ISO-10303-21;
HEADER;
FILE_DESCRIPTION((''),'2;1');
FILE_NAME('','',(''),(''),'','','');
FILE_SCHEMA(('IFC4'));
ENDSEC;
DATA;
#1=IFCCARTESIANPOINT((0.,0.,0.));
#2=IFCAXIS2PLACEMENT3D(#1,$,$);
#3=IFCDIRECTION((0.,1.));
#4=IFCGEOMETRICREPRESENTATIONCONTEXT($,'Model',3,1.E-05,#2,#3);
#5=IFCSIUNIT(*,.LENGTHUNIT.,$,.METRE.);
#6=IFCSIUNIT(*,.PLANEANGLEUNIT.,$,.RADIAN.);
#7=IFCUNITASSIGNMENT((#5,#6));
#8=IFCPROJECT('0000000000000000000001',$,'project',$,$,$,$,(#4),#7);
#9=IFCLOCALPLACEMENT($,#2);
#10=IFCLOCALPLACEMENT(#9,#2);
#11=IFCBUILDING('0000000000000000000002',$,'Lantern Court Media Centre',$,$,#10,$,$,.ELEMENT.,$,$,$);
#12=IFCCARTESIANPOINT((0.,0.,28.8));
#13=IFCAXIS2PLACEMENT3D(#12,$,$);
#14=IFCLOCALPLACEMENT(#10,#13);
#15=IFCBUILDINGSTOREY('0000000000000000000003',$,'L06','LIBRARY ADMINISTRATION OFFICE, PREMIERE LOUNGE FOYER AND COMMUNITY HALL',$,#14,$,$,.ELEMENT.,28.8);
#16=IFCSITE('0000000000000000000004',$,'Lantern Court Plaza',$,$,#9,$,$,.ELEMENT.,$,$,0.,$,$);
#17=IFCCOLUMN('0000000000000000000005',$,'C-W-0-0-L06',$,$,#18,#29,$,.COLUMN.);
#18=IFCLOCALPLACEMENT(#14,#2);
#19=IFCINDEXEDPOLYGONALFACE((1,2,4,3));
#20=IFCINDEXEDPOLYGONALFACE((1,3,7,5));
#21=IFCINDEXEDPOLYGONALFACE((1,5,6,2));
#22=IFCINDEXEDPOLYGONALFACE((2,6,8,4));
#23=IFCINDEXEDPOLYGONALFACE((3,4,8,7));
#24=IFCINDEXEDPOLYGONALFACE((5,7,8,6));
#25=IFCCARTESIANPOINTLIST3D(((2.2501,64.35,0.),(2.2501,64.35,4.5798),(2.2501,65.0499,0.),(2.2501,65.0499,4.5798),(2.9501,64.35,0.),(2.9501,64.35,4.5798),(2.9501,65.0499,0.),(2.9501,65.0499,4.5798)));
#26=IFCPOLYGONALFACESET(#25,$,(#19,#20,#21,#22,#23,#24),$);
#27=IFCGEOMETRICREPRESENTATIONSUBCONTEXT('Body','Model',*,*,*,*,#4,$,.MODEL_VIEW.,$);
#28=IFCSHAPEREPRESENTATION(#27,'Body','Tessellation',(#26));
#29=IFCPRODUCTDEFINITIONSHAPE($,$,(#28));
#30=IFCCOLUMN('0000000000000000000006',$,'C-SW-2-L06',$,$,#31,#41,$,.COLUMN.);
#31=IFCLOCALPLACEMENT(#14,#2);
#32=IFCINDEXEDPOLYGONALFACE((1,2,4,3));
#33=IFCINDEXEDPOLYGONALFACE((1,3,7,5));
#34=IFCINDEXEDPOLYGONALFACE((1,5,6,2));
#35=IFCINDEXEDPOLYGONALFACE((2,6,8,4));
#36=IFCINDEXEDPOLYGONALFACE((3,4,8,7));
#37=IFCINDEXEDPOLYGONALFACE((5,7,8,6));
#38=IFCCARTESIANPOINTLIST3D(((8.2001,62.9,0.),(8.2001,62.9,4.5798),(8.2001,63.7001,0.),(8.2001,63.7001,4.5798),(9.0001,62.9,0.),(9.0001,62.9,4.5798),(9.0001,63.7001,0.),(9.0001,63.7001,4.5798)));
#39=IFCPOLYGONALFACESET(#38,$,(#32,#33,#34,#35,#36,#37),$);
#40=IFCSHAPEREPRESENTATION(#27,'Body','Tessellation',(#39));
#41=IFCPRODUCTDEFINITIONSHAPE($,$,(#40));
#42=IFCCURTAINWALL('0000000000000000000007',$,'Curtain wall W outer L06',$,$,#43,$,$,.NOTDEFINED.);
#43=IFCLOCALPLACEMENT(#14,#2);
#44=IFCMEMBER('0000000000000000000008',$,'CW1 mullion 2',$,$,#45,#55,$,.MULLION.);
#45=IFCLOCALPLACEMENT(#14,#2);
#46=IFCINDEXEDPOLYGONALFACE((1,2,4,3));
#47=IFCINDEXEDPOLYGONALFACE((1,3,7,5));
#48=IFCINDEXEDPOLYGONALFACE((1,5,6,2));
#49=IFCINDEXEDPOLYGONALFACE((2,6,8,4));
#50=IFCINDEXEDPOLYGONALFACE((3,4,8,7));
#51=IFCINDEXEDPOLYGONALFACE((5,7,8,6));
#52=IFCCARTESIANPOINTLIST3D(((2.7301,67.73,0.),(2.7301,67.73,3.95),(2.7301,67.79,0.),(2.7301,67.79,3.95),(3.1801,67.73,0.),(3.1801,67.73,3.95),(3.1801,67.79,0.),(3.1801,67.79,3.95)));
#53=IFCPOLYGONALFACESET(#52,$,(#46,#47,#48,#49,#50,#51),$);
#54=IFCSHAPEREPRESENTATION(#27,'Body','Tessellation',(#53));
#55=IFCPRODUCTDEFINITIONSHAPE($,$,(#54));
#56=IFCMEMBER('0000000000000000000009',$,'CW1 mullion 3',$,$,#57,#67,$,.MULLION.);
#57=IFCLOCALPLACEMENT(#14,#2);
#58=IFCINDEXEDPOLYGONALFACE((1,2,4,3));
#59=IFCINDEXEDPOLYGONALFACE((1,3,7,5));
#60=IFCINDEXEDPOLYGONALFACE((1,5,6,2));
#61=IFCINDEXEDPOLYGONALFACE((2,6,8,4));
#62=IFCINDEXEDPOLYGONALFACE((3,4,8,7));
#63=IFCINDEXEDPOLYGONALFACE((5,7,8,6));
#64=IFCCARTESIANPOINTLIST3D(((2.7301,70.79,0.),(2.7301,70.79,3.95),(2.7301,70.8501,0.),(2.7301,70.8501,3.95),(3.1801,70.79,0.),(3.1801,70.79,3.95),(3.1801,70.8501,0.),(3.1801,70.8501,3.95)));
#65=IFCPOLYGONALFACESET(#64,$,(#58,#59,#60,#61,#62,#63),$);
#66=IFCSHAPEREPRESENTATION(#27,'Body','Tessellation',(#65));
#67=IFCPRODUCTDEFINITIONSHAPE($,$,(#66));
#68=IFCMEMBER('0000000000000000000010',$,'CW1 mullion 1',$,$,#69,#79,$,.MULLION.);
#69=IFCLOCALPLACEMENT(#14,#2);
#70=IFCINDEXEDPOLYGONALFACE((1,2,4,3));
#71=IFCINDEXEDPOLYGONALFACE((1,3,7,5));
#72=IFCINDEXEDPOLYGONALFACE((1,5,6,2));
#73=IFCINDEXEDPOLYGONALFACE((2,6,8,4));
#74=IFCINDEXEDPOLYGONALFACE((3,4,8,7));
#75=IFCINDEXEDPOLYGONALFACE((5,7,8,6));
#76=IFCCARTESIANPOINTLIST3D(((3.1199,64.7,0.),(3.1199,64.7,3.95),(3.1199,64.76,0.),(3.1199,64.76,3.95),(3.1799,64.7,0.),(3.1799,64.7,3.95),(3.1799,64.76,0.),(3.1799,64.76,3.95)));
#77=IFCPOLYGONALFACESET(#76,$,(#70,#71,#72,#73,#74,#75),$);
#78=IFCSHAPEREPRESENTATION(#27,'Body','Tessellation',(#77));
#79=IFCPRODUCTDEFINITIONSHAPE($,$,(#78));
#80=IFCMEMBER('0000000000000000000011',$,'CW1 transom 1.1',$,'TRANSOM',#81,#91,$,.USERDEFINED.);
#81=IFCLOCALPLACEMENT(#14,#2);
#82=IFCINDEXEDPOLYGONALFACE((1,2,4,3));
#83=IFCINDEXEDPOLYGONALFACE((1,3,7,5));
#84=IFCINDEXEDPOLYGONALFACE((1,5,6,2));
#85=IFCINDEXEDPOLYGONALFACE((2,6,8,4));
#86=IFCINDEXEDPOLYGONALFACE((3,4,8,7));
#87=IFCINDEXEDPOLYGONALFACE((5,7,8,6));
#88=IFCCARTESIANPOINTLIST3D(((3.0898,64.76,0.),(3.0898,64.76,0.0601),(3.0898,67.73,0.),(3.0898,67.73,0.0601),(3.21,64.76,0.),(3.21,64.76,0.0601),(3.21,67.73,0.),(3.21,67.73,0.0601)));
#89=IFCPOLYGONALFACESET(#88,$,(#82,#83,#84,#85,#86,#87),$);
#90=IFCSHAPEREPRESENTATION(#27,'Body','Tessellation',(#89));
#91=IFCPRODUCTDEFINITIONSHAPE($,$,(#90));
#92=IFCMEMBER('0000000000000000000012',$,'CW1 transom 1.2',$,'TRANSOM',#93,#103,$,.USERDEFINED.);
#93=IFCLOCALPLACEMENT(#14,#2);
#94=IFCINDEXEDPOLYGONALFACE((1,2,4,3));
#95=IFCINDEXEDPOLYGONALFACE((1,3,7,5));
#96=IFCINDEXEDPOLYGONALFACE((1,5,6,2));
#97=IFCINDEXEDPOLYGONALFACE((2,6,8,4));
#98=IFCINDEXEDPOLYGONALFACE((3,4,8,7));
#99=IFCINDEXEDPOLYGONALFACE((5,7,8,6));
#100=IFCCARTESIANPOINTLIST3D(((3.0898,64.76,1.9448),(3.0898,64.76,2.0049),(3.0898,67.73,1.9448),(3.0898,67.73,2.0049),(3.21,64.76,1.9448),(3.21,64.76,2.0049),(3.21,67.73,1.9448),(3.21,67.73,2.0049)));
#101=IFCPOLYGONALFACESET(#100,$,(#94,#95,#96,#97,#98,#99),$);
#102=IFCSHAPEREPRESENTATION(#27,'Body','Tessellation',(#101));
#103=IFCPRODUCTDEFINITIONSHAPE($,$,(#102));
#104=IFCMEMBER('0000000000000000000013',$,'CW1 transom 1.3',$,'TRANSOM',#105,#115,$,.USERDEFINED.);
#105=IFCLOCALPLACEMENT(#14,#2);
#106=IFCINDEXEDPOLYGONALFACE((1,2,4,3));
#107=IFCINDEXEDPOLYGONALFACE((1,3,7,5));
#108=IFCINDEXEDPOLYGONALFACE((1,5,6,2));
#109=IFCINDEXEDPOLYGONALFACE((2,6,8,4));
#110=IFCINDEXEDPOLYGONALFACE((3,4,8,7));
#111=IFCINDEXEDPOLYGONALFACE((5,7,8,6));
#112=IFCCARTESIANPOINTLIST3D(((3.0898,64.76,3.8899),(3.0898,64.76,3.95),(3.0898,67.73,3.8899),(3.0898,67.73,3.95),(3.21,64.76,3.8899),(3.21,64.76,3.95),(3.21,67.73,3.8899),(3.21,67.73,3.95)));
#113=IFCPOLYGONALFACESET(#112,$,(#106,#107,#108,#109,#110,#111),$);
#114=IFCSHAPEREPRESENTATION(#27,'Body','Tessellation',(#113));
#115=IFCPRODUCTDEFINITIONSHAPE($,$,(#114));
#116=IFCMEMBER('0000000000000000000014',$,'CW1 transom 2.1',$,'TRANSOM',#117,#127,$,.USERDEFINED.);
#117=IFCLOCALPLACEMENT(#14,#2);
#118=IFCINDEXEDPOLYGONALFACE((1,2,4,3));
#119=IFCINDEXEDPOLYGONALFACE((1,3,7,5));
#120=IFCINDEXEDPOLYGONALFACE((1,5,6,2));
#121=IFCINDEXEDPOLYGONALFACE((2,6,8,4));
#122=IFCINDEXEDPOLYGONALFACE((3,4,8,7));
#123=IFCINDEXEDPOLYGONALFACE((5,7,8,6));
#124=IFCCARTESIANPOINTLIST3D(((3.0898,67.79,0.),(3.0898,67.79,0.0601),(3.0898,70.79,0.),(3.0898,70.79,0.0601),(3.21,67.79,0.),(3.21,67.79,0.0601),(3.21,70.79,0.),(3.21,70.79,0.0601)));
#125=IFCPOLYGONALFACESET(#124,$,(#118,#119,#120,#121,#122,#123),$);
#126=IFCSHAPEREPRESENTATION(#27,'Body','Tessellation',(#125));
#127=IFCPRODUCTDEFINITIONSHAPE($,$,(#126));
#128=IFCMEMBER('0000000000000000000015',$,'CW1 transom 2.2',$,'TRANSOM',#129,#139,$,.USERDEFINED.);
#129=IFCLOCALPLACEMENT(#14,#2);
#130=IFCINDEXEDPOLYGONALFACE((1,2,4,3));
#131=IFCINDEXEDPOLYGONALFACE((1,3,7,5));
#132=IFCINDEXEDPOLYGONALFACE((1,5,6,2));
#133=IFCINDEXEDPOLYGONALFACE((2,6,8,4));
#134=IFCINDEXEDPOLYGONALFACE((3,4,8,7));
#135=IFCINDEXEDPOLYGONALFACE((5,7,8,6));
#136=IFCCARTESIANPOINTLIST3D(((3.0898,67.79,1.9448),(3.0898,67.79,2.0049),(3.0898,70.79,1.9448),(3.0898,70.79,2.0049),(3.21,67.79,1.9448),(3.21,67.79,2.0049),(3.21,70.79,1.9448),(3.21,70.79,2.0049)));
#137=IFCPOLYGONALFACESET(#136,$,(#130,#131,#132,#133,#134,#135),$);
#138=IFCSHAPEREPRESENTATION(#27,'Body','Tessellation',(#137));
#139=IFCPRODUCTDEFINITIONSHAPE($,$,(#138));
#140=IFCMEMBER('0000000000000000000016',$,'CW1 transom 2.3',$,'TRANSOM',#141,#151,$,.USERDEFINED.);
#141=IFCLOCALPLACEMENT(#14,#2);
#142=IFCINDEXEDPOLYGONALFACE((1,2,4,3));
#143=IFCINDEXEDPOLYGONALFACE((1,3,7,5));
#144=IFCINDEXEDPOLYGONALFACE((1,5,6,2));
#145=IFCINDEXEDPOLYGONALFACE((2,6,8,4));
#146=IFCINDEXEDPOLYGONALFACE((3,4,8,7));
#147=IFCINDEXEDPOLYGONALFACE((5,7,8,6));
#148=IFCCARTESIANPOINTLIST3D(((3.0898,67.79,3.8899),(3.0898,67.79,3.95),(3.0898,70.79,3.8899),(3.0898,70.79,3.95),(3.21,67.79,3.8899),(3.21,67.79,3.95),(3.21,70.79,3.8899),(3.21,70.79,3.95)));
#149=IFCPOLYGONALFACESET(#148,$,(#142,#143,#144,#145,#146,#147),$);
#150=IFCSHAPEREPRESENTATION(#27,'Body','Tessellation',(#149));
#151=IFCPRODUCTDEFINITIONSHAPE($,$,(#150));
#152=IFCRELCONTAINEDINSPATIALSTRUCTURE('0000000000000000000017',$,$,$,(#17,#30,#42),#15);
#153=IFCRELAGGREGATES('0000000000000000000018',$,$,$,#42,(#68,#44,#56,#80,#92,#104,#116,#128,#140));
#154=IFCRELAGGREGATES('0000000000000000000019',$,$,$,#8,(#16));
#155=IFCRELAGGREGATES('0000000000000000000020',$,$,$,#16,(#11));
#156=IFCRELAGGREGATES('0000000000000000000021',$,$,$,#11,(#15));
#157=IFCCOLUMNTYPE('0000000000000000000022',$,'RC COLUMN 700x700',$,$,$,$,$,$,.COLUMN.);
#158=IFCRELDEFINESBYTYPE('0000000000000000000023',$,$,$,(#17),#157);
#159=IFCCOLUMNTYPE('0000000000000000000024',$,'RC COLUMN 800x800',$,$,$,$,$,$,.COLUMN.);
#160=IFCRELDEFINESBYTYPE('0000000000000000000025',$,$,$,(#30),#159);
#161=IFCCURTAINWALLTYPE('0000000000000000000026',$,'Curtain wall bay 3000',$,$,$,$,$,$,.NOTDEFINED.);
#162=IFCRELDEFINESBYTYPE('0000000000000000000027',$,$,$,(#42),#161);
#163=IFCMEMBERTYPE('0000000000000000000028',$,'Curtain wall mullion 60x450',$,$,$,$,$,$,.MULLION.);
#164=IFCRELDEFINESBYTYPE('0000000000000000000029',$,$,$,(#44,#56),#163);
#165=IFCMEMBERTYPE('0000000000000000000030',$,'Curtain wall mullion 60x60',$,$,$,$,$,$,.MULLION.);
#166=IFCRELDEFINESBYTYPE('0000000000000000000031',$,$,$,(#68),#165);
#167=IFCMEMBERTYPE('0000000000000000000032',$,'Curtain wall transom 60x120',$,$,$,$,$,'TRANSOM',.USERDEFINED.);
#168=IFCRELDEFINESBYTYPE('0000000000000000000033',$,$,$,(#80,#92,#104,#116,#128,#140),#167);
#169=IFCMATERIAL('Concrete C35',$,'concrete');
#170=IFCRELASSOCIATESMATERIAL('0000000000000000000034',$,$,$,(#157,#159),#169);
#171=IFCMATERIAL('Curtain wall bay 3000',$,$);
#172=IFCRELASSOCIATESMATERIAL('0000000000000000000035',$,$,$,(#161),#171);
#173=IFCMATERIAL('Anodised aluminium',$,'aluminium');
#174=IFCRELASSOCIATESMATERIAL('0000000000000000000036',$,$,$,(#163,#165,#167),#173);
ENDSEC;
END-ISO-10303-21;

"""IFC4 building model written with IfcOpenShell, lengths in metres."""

from ifc_helpers import new_model, si_unit, direction, frame, origin, origin_2d, place, context, subcontext, project, spatial, rectangle, extrude, material, material_profile, profile_set, type_object, element, aggregate, save


model = new_model("IFC4")

# Units and contexts
model_context = context("Model", 3, precision=1e-05, world=origin(), true_north=direction((0.0, 1.0)))
body_context = subcontext(model_context, "Body", "Model", "MODEL_VIEW")
ifc_project = project(units=[si_unit("LENGTHUNIT", "METRE"), si_unit("PLANEANGLEUNIT", "RADIAN")], contexts=[model_context])

# Site, building, storey
site_placement = place(None, origin())
site = spatial("IfcSite", under=ifc_project, at=site_placement, Name="Lantern Court Plaza", CompositionType="ELEMENT", RefElevation=0.0)
building_placement = place(site_placement, origin())
building = spatial("IfcBuilding", under=site, at=building_placement, Name="Lantern Court Media Centre", CompositionType="ELEMENT")
storey_placement = place(building_placement, frame((0.0, 0.0, 28.8)))
storey = spatial("IfcBuildingStorey", under=building, at=storey_placement, Name="L06", Description="LIBRARY ADMINISTRATION OFFICE, PREMIERE LOUNGE FOYER AND COMMUNITY HALL", CompositionType="ELEMENT", Elevation=28.8)

# Columns
ifc_material_1 = material(Name="Concrete C35", Category="concrete")
ifc_material_profile_1 = material_profile(ifc_material_1, rectangle(XDim=0.7, YDim=0.7, at=origin_2d()), Name="RC 700x700")
ifc_profile_set_1 = profile_set([ifc_material_profile_1], Name="Concrete C35")
column_type_1 = type_object("IfcColumnType", Name="RC COLUMN 700x700", PredefinedType="COLUMN", material=ifc_profile_set_1)
column_1_placement = place(storey_placement, frame((2.6001, 64.7, 0.0), z_axis=(0.0, 0.0, 1.0), x_axis=(1.0, 0.0, 0.0)))
element("IfcColumn", 1, at=column_1_placement, inside=storey, type_object=column_type_1, Name="C-W-0-0-L06", PredefinedType="COLUMN", context=body_context, shape_type="SweptSolid", body=[
    extrude(rectangle(XDim=0.7, YDim=0.7, at=origin_2d()), origin(), (0.0, 0.0, 1.0), 4.5798),
])
ifc_material_profile_2 = material_profile(ifc_material_1, rectangle(XDim=0.8, YDim=0.8, at=origin_2d()), Name="RC 800x800")
ifc_profile_set_2 = profile_set([ifc_material_profile_2], Name="Concrete C35")
column_type_2 = type_object("IfcColumnType", Name="RC COLUMN 800x800", PredefinedType="COLUMN", material=ifc_profile_set_2)
column_2_placement = place(storey_placement, frame((8.6001, 63.3, 0.0), z_axis=(0.0, 0.0, 1.0), x_axis=(1.0, 0.0, 0.0)))
element("IfcColumn", 2, at=column_2_placement, inside=storey, type_object=column_type_2, Name="C-SW-2-L06", PredefinedType="COLUMN", context=body_context, shape_type="SweptSolid", body=[
    extrude(rectangle(XDim=0.8, YDim=0.8, at=origin_2d()), origin(), (0.0, 0.0, 1.0), 4.5798),
])

# Curtain wall, members
ifc_material_2 = material(Name="Curtain wall bay 3000")
curtain_wall_type = type_object("IfcCurtainWallType", Name="Curtain wall bay 3000", PredefinedType="NOTDEFINED", material=ifc_material_2)
curtain_wall_placement = place(storey_placement, origin())
curtain_wall = element("IfcCurtainWall", 3, at=curtain_wall_placement, inside=storey, type_object=curtain_wall_type, Name="Curtain wall W outer L06", PredefinedType="NOTDEFINED")
ifc_material_3 = material(Name="Anodised aluminium", Category="aluminium")
ifc_material_profile_3 = material_profile(ifc_material_3, rectangle(XDim=0.45, YDim=0.0601, at=origin_2d()), Name="AL 60x450")
ifc_profile_set_3 = profile_set([ifc_material_profile_3], Name="Anodised aluminium")
member_type_1 = type_object("IfcMemberType", Name="Curtain wall mullion 60x450", PredefinedType="MULLION", material=ifc_profile_set_3)
member_1_placement = place(storey_placement, frame((2.9551, 67.76, 0.0), z_axis=(0.0, 0.0, 1.0), x_axis=(-1.0, 0.0, 0.0)))
member_1 = element("IfcMember", 4, at=member_1_placement, type_object=member_type_1, Name="CW1 mullion 2", PredefinedType="MULLION", context=body_context, shape_type="SweptSolid", body=[
    extrude(rectangle(XDim=0.45, YDim=0.0601, at=origin_2d()), origin(), (0.0, 0.0, 1.0), 3.95),
])
member_2_placement = place(storey_placement, frame((2.9551, 70.8201, 0.0), z_axis=(0.0, 0.0, 1.0), x_axis=(-1.0, 0.0, 0.0)))
member_2 = element("IfcMember", 5, at=member_2_placement, type_object=member_type_1, Name="CW1 mullion 3", PredefinedType="MULLION", context=body_context, shape_type="SweptSolid", body=[
    extrude(rectangle(XDim=0.45, YDim=0.0601, at=origin_2d()), origin(), (0.0, 0.0, 1.0), 3.95),
])
ifc_material_profile_4 = material_profile(ifc_material_3, rectangle(XDim=0.0601, YDim=0.0601, at=origin_2d()), Name="AL 60x60")
ifc_profile_set_4 = profile_set([ifc_material_profile_4], Name="Anodised aluminium")
member_type_2 = type_object("IfcMemberType", Name="Curtain wall mullion 60x60", PredefinedType="MULLION", material=ifc_profile_set_4)
member_3_placement = place(storey_placement, frame((3.1499, 64.73, 0.0), z_axis=(0.0, 0.0, 1.0), x_axis=(-1.0, 0.0, 0.0)))
member_3 = element("IfcMember", 6, at=member_3_placement, type_object=member_type_2, Name="CW1 mullion 1", PredefinedType="MULLION", context=body_context, shape_type="SweptSolid", body=[
    extrude(rectangle(XDim=0.0601, YDim=0.0601, at=origin_2d()), origin(), (0.0, 0.0, 1.0), 3.95),
])
ifc_material_profile_5 = material_profile(ifc_material_3, rectangle(XDim=0.1201, YDim=0.0601, at=origin_2d()), Name="AL 60x120")
ifc_profile_set_5 = profile_set([ifc_material_profile_5], Name="Anodised aluminium")
member_type_3 = type_object("IfcMemberType", Name="Curtain wall transom 60x120", ElementType="TRANSOM", PredefinedType="USERDEFINED", material=ifc_profile_set_5)
member_4_placement = place(storey_placement, frame((3.1499, 64.76, 0.03), z_axis=(0.0, 1.0, 0.0), x_axis=(-1.0, 0.0, 0.0)))
member_4 = element("IfcMember", 7, at=member_4_placement, type_object=member_type_3, Name="CW1 transom 1.1", ObjectType="TRANSOM", PredefinedType="USERDEFINED", context=body_context, shape_type="SweptSolid", body=[
    extrude(rectangle(XDim=0.1201, YDim=0.0601, at=origin_2d()), origin(), (0.0, 0.0, 1.0), 2.97),
])
member_5_placement = place(storey_placement, frame((3.1499, 64.76, 1.9749), z_axis=(0.0, 1.0, 0.0), x_axis=(-1.0, 0.0, 0.0)))
member_5 = element("IfcMember", 8, at=member_5_placement, type_object=member_type_3, Name="CW1 transom 1.2", ObjectType="TRANSOM", PredefinedType="USERDEFINED", context=body_context, shape_type="SweptSolid", body=[
    extrude(rectangle(XDim=0.1201, YDim=0.0601, at=origin_2d()), origin(), (0.0, 0.0, 1.0), 2.97),
])
member_6_placement = place(storey_placement, frame((3.1499, 64.76, 3.9199), z_axis=(0.0, 1.0, 0.0), x_axis=(-1.0, 0.0, 0.0)))
member_6 = element("IfcMember", 9, at=member_6_placement, type_object=member_type_3, Name="CW1 transom 1.3", ObjectType="TRANSOM", PredefinedType="USERDEFINED", context=body_context, shape_type="SweptSolid", body=[
    extrude(rectangle(XDim=0.1201, YDim=0.0601, at=origin_2d()), origin(), (0.0, 0.0, 1.0), 2.97),
])
member_7_placement = place(storey_placement, frame((3.1499, 67.79, 0.03), z_axis=(0.0, 1.0, 0.0), x_axis=(-1.0, 0.0, 0.0)))
member_7 = element("IfcMember", 10, at=member_7_placement, type_object=member_type_3, Name="CW1 transom 2.1", ObjectType="TRANSOM", PredefinedType="USERDEFINED", context=body_context, shape_type="SweptSolid", body=[
    extrude(rectangle(XDim=0.1201, YDim=0.0601, at=origin_2d()), origin(), (0.0, 0.0, 1.0), 3.0),
])
member_8_placement = place(storey_placement, frame((3.1499, 67.79, 1.9749), z_axis=(0.0, 1.0, 0.0), x_axis=(-1.0, 0.0, 0.0)))
member_8 = element("IfcMember", 11, at=member_8_placement, type_object=member_type_3, Name="CW1 transom 2.2", ObjectType="TRANSOM", PredefinedType="USERDEFINED", context=body_context, shape_type="SweptSolid", body=[
    extrude(rectangle(XDim=0.1201, YDim=0.0601, at=origin_2d()), origin(), (0.0, 0.0, 1.0), 3.0),
])
member_9_placement = place(storey_placement, frame((3.1499, 67.79, 3.9199), z_axis=(0.0, 1.0, 0.0), x_axis=(-1.0, 0.0, 0.0)))
member_9 = element("IfcMember", 12, at=member_9_placement, type_object=member_type_3, Name="CW1 transom 2.3", ObjectType="TRANSOM", PredefinedType="USERDEFINED", context=body_context, shape_type="SweptSolid", body=[
    extrude(rectangle(XDim=0.1201, YDim=0.0601, at=origin_2d()), origin(), (0.0, 0.0, 1.0), 3.0),
])

aggregate(curtain_wall, [member_3, member_1, member_2, member_4, member_5, member_6, member_7, member_8, member_9])

save(model, "model.ifc")
